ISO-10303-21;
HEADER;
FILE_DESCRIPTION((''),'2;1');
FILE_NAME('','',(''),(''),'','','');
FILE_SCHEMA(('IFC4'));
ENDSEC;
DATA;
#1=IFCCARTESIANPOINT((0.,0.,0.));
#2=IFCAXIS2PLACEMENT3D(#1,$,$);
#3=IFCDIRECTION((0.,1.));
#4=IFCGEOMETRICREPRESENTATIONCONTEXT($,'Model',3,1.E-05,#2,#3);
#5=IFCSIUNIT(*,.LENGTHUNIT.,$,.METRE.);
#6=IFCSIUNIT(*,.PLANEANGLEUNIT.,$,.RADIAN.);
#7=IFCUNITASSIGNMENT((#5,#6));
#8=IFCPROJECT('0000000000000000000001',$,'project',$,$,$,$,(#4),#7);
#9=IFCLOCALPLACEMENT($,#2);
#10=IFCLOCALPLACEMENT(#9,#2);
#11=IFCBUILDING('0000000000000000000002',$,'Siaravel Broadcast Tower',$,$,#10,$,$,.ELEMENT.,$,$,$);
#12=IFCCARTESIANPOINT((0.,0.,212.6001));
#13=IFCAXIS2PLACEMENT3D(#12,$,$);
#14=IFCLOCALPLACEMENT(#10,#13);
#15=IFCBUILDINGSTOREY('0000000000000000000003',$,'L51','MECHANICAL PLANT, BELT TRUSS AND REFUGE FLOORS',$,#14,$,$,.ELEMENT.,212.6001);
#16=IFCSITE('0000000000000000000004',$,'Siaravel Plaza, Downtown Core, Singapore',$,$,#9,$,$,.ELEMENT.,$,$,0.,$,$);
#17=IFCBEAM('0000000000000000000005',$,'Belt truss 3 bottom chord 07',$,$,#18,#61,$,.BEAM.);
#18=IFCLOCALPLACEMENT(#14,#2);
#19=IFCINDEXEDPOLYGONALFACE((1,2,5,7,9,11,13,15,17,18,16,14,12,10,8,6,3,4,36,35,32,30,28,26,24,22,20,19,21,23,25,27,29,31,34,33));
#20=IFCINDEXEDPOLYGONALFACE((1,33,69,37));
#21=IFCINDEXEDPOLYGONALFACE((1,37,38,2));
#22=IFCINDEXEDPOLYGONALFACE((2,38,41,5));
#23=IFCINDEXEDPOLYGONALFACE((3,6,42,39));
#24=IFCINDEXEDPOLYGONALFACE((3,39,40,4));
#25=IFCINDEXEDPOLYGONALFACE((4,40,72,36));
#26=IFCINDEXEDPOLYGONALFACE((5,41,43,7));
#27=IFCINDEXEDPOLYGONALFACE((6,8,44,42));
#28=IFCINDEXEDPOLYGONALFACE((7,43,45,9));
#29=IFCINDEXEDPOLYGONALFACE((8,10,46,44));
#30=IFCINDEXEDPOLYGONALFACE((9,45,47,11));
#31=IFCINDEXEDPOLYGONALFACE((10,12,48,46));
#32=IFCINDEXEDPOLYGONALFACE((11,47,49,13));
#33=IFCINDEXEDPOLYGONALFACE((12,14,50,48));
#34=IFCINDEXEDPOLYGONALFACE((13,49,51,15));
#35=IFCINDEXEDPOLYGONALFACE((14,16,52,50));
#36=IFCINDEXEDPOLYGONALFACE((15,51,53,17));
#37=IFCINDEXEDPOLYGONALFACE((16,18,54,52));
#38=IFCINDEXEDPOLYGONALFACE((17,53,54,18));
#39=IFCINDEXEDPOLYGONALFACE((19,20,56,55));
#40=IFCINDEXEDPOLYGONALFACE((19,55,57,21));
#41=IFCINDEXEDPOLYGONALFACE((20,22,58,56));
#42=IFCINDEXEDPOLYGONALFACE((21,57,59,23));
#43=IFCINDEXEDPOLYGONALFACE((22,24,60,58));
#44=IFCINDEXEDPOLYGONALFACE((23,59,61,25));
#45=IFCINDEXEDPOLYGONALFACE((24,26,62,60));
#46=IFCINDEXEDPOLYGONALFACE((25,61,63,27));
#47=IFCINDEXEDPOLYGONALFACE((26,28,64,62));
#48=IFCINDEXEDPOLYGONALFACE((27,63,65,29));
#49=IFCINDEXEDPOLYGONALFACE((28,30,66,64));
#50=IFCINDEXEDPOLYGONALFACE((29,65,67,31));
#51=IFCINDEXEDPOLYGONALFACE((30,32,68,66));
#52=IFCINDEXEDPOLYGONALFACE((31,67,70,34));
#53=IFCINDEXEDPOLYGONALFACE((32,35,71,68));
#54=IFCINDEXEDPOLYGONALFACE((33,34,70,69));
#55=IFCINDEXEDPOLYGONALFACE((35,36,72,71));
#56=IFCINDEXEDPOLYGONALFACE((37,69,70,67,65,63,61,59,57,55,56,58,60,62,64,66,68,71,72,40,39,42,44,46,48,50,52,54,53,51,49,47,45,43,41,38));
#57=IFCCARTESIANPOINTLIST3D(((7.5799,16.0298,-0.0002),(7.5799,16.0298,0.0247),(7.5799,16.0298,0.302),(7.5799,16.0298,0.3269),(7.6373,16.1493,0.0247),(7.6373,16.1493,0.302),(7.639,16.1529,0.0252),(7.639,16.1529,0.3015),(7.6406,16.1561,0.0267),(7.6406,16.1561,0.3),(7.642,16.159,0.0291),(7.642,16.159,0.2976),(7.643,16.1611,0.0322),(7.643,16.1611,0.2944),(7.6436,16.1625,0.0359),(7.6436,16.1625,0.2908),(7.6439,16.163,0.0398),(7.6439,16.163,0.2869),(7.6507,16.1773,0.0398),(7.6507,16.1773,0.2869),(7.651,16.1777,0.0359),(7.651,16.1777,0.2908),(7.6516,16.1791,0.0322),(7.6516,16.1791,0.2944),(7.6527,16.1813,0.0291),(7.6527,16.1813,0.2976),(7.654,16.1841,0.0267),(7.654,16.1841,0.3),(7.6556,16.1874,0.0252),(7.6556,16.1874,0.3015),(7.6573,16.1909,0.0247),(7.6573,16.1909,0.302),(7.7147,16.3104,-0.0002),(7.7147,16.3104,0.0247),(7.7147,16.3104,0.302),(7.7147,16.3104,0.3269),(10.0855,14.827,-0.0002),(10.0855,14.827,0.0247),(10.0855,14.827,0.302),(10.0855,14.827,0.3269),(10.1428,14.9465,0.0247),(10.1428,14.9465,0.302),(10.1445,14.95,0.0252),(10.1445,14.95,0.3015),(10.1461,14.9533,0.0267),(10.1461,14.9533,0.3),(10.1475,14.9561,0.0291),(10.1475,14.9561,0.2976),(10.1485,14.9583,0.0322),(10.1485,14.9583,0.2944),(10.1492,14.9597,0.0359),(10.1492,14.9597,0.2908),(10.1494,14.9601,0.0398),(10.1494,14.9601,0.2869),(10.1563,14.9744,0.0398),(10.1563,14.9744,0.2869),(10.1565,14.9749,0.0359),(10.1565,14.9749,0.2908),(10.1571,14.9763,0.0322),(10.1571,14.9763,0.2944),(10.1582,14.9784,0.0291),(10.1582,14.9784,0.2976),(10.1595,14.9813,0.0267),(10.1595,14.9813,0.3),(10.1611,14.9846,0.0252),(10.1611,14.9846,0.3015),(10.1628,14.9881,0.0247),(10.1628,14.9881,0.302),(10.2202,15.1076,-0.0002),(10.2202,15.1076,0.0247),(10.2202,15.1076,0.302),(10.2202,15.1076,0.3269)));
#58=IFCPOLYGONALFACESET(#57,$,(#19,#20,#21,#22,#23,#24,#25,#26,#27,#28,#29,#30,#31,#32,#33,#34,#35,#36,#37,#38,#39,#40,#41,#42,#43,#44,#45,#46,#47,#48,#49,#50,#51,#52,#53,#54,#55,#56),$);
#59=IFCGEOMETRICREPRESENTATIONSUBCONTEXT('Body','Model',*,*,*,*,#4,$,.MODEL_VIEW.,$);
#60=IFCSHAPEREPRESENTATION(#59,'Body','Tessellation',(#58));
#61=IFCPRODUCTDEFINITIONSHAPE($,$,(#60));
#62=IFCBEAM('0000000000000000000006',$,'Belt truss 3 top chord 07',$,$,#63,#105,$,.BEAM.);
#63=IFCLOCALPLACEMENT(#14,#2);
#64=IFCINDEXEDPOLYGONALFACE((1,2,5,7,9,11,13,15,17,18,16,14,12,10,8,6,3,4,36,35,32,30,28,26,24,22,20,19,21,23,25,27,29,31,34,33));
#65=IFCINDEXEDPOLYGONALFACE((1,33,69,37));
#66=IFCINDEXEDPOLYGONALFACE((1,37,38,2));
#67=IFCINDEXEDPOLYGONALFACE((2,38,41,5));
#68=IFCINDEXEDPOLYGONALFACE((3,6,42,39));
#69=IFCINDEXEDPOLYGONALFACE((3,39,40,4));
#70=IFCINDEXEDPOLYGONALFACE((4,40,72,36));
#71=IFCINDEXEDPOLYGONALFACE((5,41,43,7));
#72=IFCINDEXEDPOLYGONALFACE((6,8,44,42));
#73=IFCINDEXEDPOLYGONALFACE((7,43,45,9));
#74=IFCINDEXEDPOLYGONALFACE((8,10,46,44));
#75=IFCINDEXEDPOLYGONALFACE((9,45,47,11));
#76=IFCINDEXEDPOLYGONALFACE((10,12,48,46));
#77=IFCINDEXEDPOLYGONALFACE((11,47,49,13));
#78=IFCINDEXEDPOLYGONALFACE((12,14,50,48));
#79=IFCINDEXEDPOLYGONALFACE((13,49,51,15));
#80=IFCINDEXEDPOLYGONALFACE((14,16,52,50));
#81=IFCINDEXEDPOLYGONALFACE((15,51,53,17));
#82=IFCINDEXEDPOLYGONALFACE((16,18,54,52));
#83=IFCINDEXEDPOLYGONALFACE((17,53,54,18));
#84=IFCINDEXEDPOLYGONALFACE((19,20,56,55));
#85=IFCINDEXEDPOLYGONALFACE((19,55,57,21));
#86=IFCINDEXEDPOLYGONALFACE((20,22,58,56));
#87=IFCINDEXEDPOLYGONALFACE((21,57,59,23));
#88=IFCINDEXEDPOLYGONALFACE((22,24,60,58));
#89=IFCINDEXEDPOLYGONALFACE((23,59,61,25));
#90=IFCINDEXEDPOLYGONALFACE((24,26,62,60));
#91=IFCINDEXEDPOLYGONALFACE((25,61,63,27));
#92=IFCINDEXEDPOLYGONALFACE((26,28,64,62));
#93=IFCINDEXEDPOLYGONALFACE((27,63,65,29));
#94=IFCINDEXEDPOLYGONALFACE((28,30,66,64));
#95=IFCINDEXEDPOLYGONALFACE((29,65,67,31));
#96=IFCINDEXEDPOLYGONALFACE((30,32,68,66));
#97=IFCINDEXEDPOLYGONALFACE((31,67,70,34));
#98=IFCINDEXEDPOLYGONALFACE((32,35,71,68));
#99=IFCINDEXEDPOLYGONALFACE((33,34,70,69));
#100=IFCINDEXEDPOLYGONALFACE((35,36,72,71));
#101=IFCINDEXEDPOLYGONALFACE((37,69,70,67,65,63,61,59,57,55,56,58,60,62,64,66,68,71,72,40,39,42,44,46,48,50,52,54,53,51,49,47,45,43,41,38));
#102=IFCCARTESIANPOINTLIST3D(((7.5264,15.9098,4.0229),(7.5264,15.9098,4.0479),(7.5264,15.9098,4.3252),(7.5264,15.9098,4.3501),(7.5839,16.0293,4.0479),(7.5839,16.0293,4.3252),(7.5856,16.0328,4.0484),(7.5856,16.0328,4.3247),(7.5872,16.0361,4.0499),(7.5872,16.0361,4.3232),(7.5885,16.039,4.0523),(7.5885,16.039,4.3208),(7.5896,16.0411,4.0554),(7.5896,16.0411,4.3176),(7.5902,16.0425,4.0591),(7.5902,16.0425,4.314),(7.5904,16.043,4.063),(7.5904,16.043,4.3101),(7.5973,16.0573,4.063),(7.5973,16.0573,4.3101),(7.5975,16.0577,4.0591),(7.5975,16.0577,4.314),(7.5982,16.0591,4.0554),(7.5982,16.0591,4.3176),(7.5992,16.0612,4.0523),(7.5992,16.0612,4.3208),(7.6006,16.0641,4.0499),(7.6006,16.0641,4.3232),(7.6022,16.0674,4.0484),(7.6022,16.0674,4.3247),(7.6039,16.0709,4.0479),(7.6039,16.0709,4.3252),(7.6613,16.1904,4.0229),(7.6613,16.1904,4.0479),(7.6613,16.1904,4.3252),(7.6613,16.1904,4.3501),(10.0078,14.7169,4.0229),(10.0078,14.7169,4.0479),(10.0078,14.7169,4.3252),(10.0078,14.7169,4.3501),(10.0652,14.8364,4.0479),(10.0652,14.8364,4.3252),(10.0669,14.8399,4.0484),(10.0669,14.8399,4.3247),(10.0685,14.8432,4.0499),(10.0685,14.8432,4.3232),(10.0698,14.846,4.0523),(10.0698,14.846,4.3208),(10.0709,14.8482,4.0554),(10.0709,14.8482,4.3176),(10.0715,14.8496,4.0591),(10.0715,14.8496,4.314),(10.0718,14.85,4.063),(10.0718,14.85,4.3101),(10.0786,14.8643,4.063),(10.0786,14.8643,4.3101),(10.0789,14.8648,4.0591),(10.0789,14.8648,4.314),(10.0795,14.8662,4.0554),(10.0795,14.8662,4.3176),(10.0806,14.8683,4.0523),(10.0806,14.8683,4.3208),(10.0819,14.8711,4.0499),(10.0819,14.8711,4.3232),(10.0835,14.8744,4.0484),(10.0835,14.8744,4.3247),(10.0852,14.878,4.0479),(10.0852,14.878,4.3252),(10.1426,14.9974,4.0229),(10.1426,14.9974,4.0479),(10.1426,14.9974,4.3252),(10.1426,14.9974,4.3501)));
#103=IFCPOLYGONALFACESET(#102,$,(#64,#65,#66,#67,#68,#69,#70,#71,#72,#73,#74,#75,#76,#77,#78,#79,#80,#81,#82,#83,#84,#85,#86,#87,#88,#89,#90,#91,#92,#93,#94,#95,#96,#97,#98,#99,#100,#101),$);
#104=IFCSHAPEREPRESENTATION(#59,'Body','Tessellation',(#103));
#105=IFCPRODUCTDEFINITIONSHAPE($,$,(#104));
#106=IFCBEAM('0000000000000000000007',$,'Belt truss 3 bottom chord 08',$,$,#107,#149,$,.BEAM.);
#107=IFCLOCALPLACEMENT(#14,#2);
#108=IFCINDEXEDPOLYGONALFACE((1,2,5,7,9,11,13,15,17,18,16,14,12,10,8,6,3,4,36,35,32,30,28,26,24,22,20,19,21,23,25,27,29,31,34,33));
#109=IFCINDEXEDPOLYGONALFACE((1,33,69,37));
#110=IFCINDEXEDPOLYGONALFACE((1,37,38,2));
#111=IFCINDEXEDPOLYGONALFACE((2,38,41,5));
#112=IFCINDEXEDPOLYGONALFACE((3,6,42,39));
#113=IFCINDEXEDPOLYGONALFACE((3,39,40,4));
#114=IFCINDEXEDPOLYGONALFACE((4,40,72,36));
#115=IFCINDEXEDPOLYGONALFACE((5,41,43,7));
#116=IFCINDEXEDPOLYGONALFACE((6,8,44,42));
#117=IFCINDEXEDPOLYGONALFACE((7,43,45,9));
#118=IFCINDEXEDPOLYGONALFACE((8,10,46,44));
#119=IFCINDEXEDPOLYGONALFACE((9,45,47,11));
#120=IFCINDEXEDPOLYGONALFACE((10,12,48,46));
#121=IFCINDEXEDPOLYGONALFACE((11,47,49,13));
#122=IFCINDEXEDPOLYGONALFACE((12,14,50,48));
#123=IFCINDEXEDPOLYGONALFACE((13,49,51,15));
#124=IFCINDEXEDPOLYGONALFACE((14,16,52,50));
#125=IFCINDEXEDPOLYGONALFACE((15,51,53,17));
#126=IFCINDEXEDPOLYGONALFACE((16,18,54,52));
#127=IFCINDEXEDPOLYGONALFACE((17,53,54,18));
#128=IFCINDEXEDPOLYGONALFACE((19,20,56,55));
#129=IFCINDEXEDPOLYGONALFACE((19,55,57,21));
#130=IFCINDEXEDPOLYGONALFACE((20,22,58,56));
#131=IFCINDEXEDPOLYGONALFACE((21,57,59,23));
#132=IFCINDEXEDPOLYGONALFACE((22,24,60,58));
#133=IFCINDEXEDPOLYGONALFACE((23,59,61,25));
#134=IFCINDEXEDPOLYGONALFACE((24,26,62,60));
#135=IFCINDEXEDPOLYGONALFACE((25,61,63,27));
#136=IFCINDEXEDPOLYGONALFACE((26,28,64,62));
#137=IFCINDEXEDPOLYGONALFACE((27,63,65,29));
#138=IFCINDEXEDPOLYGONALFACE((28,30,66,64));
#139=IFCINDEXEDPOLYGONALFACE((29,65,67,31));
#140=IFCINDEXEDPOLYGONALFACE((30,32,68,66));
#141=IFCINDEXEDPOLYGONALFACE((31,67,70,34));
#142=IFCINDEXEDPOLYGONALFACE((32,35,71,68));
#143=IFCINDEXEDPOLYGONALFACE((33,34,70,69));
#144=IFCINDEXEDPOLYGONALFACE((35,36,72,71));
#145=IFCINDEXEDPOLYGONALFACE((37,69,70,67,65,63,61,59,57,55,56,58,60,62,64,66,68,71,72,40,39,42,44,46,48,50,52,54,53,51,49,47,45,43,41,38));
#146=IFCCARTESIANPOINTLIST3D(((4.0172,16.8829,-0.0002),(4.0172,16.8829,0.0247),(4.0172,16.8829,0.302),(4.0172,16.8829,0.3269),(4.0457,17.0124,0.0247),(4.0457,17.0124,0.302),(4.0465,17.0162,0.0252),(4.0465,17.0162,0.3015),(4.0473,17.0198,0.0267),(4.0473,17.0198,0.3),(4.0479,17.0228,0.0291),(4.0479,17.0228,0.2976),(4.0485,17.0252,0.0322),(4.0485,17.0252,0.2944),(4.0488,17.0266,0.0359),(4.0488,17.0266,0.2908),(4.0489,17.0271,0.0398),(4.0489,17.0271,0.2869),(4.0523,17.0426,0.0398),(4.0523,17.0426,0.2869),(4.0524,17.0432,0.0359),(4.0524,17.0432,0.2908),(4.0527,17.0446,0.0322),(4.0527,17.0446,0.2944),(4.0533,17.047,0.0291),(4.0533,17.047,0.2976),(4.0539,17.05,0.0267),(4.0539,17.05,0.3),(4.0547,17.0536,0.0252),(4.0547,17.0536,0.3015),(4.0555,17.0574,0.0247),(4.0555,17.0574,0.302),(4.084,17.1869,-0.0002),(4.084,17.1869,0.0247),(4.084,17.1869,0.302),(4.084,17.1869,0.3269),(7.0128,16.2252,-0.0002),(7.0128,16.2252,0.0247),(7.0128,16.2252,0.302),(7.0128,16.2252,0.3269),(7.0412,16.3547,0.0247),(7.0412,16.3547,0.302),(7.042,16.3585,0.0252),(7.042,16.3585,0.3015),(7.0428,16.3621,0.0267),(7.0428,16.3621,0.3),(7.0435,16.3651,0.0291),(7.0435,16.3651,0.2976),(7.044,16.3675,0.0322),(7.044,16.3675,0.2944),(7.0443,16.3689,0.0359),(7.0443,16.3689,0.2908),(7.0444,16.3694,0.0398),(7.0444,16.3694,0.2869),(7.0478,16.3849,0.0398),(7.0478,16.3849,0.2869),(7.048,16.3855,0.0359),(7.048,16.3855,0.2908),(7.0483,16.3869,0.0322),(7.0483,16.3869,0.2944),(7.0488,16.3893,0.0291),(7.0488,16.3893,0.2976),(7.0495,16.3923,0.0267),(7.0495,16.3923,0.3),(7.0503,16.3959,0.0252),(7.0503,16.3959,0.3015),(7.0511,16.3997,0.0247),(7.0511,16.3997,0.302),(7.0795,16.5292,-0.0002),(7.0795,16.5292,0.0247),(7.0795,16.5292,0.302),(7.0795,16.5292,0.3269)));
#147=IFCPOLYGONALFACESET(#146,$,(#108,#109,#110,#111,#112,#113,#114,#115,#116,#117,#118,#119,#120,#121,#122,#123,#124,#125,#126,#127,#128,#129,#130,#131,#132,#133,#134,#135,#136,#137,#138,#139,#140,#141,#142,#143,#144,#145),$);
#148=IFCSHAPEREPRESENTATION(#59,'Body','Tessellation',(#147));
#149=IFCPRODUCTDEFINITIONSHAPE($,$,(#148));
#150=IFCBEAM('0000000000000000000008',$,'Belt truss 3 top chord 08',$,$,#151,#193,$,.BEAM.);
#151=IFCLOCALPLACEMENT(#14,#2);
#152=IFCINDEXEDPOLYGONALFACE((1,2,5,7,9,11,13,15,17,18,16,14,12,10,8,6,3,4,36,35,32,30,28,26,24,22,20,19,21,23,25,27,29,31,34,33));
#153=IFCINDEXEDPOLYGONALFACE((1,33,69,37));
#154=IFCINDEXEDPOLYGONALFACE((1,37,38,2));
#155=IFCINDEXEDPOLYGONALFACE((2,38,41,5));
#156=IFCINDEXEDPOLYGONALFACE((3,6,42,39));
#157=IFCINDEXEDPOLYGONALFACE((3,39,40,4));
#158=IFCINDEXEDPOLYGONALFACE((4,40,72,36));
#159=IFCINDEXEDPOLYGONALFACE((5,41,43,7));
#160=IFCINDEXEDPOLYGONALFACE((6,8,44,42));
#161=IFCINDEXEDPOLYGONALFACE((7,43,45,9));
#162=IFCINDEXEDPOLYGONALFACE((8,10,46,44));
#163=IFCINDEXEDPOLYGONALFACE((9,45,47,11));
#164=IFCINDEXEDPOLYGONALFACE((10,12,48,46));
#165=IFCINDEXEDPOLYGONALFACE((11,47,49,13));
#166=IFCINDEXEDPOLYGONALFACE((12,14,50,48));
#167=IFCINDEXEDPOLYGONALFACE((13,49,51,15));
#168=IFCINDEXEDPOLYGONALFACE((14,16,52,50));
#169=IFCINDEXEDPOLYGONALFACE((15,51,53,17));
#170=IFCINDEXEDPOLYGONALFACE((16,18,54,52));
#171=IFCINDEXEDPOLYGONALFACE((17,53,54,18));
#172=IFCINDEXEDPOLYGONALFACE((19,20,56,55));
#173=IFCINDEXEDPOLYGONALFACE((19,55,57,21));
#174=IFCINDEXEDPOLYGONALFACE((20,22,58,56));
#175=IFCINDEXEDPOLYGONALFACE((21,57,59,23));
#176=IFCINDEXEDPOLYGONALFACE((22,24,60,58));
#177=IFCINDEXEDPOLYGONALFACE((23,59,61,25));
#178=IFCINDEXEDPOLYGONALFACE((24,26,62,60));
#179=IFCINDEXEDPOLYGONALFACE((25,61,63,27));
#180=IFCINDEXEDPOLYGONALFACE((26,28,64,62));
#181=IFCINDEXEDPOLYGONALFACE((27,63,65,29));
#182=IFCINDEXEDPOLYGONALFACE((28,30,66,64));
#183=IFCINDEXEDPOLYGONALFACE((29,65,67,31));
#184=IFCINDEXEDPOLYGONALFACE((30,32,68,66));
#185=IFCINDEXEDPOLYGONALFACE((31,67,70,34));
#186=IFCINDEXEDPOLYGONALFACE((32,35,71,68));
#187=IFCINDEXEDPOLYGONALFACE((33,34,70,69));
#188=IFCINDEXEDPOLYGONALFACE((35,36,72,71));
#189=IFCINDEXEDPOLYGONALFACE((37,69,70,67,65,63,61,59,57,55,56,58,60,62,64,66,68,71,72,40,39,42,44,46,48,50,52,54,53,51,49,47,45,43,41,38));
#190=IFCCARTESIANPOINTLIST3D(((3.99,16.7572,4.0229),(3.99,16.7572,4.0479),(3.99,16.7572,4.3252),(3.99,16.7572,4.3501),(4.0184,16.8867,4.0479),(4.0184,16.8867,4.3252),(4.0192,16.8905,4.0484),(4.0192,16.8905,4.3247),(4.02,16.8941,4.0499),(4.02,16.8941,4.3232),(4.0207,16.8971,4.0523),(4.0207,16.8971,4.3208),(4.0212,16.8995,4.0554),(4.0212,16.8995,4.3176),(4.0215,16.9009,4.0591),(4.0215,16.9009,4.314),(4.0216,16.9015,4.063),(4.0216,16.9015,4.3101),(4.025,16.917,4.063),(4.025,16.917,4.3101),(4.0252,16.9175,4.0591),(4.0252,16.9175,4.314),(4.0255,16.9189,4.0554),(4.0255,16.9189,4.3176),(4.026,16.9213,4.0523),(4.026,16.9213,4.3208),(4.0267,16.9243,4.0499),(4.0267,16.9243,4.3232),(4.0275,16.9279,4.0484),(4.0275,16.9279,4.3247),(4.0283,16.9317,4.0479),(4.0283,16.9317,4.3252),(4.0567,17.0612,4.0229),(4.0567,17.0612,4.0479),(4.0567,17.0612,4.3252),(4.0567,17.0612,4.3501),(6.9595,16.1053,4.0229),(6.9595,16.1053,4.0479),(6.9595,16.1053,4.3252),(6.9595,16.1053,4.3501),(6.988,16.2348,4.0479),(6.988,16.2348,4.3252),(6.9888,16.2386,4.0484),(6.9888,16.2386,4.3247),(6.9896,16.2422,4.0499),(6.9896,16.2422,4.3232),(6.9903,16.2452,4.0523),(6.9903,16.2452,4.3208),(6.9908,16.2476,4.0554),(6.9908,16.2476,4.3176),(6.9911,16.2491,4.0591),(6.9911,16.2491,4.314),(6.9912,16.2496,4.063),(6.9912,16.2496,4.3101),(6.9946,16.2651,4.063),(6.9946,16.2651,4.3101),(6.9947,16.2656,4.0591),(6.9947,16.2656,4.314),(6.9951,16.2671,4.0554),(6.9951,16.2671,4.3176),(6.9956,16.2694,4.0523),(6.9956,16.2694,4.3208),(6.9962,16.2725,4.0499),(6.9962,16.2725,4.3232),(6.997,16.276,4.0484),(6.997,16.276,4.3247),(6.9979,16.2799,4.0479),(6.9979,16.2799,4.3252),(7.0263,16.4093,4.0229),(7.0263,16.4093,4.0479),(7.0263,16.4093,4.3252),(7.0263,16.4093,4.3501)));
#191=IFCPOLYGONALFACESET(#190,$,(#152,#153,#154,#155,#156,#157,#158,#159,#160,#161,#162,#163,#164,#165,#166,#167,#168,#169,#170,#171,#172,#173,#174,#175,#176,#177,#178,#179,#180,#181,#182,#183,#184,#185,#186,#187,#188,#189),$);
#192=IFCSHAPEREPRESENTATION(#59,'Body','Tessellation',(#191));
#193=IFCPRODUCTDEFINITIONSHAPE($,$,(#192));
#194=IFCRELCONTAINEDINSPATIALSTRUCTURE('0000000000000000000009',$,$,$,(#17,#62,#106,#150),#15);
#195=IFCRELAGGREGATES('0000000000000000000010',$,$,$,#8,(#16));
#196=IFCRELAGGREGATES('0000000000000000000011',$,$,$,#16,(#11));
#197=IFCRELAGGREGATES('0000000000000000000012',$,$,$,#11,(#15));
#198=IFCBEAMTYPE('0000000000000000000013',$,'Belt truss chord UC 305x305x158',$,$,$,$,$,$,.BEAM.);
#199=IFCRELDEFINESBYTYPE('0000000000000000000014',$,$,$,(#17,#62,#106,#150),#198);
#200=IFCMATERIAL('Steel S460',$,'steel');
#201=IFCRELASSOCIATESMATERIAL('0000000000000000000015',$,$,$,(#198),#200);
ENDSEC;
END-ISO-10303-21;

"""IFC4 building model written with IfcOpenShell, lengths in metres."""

from ifc_helpers import new_model, si_unit, direction, frame, origin, origin_2d, place, context, subcontext, project, spatial, i_section, extrude, material, material_profile, profile_set, type_object, element, save


model = new_model("IFC4")

# Units and contexts
model_context = context("Model", 3, precision=1e-05, world=origin(), true_north=direction((0.0, 1.0)))
body_context = subcontext(model_context, "Body", "Model", "MODEL_VIEW")
ifc_project = project(units=[si_unit("LENGTHUNIT", "METRE"), si_unit("PLANEANGLEUNIT", "RADIAN")], contexts=[model_context])

# Site, building, storey
site_placement = place(None, origin())
site = spatial("IfcSite", under=ifc_project, at=site_placement, Name="Siaravel Plaza, Downtown Core, Singapore", CompositionType="ELEMENT", RefElevation=0.0)
building_placement = place(site_placement, origin())
building = spatial("IfcBuilding", under=site, at=building_placement, Name="Siaravel Broadcast Tower", CompositionType="ELEMENT")
storey_placement = place(building_placement, frame((0.0, 0.0, 212.6001)))
storey = spatial("IfcBuildingStorey", under=building, at=storey_placement, Name="L51", Description="MECHANICAL PLANT, BELT TRUSS AND REFUGE FLOORS", CompositionType="ELEMENT", Elevation=212.6001)

# Beams
ifc_material_1 = material(Name="Steel S460", Category="steel")
ifc_material_profile_1 = material_profile(ifc_material_1, i_section(OverallWidth=0.3113, OverallDepth=0.3271, WebThickness=0.0159, FlangeThickness=0.0249, FilletRadius=0.0151, at=origin_2d()))
ifc_profile_set_1 = profile_set([ifc_material_profile_1], Name="Steel S460")
beam_type_1 = type_object("IfcBeamType", Name="Belt truss chord UC 305x305x158", PredefinedType="BEAM", material=ifc_profile_set_1)
beam_1_placement = place(storey_placement, frame((10.1528, 14.9673, 0.1633), z_axis=(-0.901497, 0.432785, 0.0), x_axis=(-0.432785, -0.901497, 0.0)))
element("IfcBeam", 1, at=beam_1_placement, inside=storey, type_object=beam_type_1, Name="Belt truss 3 bottom chord 07", PredefinedType="BEAM", context=body_context, shape_type="SweptSolid", body=[
    extrude(i_section(OverallWidth=0.3113, OverallDepth=0.3271, WebThickness=0.0159, FlangeThickness=0.0249, FilletRadius=0.0151, at=origin_2d()), origin(), (0.0, 0.0, 1.0), 2.7793),
])
beam_2_placement = place(storey_placement, frame((10.0752, 14.8572, 4.1865), z_axis=(-0.901254, 0.43329, 0.0), x_axis=(-0.43329, -0.901254, 0.0)))
element("IfcBeam", 2, at=beam_2_placement, inside=storey, type_object=beam_type_1, Name="Belt truss 3 top chord 07", PredefinedType="BEAM", context=body_context, shape_type="SweptSolid", body=[
    extrude(i_section(OverallWidth=0.3113, OverallDepth=0.3271, WebThickness=0.0159, FlangeThickness=0.0249, FilletRadius=0.0151, at=origin_2d()), origin(), (0.0, 0.0, 1.0), 2.7532),
])
beam_3_placement = place(storey_placement, frame((7.0461, 16.3772, 0.1633), z_axis=(-0.976735, 0.214452, 0.0), x_axis=(-0.214452, -0.976735, 0.0)))
element("IfcBeam", 3, at=beam_3_placement, inside=storey, type_object=beam_type_1, Name="Belt truss 3 bottom chord 08", PredefinedType="BEAM", context=body_context, shape_type="SweptSolid", body=[
    extrude(i_section(OverallWidth=0.3113, OverallDepth=0.3271, WebThickness=0.0159, FlangeThickness=0.0249, FilletRadius=0.0151, at=origin_2d()), origin(), (0.0, 0.0, 1.0), 3.0669),
])
beam_4_placement = place(storey_placement, frame((6.9929, 16.2573, 4.1865), z_axis=(-0.976743, 0.214413, 0.0), x_axis=(-0.214413, -0.976743, 0.0)))
element("IfcBeam", 4, at=beam_4_placement, inside=storey, type_object=beam_type_1, Name="Belt truss 3 top chord 08", PredefinedType="BEAM", context=body_context, shape_type="SweptSolid", body=[
    extrude(i_section(OverallWidth=0.3113, OverallDepth=0.3271, WebThickness=0.0159, FlangeThickness=0.0249, FilletRadius=0.0151, at=origin_2d()), origin(), (0.0, 0.0, 1.0), 3.0403),
])

save(model, "model.ifc")
